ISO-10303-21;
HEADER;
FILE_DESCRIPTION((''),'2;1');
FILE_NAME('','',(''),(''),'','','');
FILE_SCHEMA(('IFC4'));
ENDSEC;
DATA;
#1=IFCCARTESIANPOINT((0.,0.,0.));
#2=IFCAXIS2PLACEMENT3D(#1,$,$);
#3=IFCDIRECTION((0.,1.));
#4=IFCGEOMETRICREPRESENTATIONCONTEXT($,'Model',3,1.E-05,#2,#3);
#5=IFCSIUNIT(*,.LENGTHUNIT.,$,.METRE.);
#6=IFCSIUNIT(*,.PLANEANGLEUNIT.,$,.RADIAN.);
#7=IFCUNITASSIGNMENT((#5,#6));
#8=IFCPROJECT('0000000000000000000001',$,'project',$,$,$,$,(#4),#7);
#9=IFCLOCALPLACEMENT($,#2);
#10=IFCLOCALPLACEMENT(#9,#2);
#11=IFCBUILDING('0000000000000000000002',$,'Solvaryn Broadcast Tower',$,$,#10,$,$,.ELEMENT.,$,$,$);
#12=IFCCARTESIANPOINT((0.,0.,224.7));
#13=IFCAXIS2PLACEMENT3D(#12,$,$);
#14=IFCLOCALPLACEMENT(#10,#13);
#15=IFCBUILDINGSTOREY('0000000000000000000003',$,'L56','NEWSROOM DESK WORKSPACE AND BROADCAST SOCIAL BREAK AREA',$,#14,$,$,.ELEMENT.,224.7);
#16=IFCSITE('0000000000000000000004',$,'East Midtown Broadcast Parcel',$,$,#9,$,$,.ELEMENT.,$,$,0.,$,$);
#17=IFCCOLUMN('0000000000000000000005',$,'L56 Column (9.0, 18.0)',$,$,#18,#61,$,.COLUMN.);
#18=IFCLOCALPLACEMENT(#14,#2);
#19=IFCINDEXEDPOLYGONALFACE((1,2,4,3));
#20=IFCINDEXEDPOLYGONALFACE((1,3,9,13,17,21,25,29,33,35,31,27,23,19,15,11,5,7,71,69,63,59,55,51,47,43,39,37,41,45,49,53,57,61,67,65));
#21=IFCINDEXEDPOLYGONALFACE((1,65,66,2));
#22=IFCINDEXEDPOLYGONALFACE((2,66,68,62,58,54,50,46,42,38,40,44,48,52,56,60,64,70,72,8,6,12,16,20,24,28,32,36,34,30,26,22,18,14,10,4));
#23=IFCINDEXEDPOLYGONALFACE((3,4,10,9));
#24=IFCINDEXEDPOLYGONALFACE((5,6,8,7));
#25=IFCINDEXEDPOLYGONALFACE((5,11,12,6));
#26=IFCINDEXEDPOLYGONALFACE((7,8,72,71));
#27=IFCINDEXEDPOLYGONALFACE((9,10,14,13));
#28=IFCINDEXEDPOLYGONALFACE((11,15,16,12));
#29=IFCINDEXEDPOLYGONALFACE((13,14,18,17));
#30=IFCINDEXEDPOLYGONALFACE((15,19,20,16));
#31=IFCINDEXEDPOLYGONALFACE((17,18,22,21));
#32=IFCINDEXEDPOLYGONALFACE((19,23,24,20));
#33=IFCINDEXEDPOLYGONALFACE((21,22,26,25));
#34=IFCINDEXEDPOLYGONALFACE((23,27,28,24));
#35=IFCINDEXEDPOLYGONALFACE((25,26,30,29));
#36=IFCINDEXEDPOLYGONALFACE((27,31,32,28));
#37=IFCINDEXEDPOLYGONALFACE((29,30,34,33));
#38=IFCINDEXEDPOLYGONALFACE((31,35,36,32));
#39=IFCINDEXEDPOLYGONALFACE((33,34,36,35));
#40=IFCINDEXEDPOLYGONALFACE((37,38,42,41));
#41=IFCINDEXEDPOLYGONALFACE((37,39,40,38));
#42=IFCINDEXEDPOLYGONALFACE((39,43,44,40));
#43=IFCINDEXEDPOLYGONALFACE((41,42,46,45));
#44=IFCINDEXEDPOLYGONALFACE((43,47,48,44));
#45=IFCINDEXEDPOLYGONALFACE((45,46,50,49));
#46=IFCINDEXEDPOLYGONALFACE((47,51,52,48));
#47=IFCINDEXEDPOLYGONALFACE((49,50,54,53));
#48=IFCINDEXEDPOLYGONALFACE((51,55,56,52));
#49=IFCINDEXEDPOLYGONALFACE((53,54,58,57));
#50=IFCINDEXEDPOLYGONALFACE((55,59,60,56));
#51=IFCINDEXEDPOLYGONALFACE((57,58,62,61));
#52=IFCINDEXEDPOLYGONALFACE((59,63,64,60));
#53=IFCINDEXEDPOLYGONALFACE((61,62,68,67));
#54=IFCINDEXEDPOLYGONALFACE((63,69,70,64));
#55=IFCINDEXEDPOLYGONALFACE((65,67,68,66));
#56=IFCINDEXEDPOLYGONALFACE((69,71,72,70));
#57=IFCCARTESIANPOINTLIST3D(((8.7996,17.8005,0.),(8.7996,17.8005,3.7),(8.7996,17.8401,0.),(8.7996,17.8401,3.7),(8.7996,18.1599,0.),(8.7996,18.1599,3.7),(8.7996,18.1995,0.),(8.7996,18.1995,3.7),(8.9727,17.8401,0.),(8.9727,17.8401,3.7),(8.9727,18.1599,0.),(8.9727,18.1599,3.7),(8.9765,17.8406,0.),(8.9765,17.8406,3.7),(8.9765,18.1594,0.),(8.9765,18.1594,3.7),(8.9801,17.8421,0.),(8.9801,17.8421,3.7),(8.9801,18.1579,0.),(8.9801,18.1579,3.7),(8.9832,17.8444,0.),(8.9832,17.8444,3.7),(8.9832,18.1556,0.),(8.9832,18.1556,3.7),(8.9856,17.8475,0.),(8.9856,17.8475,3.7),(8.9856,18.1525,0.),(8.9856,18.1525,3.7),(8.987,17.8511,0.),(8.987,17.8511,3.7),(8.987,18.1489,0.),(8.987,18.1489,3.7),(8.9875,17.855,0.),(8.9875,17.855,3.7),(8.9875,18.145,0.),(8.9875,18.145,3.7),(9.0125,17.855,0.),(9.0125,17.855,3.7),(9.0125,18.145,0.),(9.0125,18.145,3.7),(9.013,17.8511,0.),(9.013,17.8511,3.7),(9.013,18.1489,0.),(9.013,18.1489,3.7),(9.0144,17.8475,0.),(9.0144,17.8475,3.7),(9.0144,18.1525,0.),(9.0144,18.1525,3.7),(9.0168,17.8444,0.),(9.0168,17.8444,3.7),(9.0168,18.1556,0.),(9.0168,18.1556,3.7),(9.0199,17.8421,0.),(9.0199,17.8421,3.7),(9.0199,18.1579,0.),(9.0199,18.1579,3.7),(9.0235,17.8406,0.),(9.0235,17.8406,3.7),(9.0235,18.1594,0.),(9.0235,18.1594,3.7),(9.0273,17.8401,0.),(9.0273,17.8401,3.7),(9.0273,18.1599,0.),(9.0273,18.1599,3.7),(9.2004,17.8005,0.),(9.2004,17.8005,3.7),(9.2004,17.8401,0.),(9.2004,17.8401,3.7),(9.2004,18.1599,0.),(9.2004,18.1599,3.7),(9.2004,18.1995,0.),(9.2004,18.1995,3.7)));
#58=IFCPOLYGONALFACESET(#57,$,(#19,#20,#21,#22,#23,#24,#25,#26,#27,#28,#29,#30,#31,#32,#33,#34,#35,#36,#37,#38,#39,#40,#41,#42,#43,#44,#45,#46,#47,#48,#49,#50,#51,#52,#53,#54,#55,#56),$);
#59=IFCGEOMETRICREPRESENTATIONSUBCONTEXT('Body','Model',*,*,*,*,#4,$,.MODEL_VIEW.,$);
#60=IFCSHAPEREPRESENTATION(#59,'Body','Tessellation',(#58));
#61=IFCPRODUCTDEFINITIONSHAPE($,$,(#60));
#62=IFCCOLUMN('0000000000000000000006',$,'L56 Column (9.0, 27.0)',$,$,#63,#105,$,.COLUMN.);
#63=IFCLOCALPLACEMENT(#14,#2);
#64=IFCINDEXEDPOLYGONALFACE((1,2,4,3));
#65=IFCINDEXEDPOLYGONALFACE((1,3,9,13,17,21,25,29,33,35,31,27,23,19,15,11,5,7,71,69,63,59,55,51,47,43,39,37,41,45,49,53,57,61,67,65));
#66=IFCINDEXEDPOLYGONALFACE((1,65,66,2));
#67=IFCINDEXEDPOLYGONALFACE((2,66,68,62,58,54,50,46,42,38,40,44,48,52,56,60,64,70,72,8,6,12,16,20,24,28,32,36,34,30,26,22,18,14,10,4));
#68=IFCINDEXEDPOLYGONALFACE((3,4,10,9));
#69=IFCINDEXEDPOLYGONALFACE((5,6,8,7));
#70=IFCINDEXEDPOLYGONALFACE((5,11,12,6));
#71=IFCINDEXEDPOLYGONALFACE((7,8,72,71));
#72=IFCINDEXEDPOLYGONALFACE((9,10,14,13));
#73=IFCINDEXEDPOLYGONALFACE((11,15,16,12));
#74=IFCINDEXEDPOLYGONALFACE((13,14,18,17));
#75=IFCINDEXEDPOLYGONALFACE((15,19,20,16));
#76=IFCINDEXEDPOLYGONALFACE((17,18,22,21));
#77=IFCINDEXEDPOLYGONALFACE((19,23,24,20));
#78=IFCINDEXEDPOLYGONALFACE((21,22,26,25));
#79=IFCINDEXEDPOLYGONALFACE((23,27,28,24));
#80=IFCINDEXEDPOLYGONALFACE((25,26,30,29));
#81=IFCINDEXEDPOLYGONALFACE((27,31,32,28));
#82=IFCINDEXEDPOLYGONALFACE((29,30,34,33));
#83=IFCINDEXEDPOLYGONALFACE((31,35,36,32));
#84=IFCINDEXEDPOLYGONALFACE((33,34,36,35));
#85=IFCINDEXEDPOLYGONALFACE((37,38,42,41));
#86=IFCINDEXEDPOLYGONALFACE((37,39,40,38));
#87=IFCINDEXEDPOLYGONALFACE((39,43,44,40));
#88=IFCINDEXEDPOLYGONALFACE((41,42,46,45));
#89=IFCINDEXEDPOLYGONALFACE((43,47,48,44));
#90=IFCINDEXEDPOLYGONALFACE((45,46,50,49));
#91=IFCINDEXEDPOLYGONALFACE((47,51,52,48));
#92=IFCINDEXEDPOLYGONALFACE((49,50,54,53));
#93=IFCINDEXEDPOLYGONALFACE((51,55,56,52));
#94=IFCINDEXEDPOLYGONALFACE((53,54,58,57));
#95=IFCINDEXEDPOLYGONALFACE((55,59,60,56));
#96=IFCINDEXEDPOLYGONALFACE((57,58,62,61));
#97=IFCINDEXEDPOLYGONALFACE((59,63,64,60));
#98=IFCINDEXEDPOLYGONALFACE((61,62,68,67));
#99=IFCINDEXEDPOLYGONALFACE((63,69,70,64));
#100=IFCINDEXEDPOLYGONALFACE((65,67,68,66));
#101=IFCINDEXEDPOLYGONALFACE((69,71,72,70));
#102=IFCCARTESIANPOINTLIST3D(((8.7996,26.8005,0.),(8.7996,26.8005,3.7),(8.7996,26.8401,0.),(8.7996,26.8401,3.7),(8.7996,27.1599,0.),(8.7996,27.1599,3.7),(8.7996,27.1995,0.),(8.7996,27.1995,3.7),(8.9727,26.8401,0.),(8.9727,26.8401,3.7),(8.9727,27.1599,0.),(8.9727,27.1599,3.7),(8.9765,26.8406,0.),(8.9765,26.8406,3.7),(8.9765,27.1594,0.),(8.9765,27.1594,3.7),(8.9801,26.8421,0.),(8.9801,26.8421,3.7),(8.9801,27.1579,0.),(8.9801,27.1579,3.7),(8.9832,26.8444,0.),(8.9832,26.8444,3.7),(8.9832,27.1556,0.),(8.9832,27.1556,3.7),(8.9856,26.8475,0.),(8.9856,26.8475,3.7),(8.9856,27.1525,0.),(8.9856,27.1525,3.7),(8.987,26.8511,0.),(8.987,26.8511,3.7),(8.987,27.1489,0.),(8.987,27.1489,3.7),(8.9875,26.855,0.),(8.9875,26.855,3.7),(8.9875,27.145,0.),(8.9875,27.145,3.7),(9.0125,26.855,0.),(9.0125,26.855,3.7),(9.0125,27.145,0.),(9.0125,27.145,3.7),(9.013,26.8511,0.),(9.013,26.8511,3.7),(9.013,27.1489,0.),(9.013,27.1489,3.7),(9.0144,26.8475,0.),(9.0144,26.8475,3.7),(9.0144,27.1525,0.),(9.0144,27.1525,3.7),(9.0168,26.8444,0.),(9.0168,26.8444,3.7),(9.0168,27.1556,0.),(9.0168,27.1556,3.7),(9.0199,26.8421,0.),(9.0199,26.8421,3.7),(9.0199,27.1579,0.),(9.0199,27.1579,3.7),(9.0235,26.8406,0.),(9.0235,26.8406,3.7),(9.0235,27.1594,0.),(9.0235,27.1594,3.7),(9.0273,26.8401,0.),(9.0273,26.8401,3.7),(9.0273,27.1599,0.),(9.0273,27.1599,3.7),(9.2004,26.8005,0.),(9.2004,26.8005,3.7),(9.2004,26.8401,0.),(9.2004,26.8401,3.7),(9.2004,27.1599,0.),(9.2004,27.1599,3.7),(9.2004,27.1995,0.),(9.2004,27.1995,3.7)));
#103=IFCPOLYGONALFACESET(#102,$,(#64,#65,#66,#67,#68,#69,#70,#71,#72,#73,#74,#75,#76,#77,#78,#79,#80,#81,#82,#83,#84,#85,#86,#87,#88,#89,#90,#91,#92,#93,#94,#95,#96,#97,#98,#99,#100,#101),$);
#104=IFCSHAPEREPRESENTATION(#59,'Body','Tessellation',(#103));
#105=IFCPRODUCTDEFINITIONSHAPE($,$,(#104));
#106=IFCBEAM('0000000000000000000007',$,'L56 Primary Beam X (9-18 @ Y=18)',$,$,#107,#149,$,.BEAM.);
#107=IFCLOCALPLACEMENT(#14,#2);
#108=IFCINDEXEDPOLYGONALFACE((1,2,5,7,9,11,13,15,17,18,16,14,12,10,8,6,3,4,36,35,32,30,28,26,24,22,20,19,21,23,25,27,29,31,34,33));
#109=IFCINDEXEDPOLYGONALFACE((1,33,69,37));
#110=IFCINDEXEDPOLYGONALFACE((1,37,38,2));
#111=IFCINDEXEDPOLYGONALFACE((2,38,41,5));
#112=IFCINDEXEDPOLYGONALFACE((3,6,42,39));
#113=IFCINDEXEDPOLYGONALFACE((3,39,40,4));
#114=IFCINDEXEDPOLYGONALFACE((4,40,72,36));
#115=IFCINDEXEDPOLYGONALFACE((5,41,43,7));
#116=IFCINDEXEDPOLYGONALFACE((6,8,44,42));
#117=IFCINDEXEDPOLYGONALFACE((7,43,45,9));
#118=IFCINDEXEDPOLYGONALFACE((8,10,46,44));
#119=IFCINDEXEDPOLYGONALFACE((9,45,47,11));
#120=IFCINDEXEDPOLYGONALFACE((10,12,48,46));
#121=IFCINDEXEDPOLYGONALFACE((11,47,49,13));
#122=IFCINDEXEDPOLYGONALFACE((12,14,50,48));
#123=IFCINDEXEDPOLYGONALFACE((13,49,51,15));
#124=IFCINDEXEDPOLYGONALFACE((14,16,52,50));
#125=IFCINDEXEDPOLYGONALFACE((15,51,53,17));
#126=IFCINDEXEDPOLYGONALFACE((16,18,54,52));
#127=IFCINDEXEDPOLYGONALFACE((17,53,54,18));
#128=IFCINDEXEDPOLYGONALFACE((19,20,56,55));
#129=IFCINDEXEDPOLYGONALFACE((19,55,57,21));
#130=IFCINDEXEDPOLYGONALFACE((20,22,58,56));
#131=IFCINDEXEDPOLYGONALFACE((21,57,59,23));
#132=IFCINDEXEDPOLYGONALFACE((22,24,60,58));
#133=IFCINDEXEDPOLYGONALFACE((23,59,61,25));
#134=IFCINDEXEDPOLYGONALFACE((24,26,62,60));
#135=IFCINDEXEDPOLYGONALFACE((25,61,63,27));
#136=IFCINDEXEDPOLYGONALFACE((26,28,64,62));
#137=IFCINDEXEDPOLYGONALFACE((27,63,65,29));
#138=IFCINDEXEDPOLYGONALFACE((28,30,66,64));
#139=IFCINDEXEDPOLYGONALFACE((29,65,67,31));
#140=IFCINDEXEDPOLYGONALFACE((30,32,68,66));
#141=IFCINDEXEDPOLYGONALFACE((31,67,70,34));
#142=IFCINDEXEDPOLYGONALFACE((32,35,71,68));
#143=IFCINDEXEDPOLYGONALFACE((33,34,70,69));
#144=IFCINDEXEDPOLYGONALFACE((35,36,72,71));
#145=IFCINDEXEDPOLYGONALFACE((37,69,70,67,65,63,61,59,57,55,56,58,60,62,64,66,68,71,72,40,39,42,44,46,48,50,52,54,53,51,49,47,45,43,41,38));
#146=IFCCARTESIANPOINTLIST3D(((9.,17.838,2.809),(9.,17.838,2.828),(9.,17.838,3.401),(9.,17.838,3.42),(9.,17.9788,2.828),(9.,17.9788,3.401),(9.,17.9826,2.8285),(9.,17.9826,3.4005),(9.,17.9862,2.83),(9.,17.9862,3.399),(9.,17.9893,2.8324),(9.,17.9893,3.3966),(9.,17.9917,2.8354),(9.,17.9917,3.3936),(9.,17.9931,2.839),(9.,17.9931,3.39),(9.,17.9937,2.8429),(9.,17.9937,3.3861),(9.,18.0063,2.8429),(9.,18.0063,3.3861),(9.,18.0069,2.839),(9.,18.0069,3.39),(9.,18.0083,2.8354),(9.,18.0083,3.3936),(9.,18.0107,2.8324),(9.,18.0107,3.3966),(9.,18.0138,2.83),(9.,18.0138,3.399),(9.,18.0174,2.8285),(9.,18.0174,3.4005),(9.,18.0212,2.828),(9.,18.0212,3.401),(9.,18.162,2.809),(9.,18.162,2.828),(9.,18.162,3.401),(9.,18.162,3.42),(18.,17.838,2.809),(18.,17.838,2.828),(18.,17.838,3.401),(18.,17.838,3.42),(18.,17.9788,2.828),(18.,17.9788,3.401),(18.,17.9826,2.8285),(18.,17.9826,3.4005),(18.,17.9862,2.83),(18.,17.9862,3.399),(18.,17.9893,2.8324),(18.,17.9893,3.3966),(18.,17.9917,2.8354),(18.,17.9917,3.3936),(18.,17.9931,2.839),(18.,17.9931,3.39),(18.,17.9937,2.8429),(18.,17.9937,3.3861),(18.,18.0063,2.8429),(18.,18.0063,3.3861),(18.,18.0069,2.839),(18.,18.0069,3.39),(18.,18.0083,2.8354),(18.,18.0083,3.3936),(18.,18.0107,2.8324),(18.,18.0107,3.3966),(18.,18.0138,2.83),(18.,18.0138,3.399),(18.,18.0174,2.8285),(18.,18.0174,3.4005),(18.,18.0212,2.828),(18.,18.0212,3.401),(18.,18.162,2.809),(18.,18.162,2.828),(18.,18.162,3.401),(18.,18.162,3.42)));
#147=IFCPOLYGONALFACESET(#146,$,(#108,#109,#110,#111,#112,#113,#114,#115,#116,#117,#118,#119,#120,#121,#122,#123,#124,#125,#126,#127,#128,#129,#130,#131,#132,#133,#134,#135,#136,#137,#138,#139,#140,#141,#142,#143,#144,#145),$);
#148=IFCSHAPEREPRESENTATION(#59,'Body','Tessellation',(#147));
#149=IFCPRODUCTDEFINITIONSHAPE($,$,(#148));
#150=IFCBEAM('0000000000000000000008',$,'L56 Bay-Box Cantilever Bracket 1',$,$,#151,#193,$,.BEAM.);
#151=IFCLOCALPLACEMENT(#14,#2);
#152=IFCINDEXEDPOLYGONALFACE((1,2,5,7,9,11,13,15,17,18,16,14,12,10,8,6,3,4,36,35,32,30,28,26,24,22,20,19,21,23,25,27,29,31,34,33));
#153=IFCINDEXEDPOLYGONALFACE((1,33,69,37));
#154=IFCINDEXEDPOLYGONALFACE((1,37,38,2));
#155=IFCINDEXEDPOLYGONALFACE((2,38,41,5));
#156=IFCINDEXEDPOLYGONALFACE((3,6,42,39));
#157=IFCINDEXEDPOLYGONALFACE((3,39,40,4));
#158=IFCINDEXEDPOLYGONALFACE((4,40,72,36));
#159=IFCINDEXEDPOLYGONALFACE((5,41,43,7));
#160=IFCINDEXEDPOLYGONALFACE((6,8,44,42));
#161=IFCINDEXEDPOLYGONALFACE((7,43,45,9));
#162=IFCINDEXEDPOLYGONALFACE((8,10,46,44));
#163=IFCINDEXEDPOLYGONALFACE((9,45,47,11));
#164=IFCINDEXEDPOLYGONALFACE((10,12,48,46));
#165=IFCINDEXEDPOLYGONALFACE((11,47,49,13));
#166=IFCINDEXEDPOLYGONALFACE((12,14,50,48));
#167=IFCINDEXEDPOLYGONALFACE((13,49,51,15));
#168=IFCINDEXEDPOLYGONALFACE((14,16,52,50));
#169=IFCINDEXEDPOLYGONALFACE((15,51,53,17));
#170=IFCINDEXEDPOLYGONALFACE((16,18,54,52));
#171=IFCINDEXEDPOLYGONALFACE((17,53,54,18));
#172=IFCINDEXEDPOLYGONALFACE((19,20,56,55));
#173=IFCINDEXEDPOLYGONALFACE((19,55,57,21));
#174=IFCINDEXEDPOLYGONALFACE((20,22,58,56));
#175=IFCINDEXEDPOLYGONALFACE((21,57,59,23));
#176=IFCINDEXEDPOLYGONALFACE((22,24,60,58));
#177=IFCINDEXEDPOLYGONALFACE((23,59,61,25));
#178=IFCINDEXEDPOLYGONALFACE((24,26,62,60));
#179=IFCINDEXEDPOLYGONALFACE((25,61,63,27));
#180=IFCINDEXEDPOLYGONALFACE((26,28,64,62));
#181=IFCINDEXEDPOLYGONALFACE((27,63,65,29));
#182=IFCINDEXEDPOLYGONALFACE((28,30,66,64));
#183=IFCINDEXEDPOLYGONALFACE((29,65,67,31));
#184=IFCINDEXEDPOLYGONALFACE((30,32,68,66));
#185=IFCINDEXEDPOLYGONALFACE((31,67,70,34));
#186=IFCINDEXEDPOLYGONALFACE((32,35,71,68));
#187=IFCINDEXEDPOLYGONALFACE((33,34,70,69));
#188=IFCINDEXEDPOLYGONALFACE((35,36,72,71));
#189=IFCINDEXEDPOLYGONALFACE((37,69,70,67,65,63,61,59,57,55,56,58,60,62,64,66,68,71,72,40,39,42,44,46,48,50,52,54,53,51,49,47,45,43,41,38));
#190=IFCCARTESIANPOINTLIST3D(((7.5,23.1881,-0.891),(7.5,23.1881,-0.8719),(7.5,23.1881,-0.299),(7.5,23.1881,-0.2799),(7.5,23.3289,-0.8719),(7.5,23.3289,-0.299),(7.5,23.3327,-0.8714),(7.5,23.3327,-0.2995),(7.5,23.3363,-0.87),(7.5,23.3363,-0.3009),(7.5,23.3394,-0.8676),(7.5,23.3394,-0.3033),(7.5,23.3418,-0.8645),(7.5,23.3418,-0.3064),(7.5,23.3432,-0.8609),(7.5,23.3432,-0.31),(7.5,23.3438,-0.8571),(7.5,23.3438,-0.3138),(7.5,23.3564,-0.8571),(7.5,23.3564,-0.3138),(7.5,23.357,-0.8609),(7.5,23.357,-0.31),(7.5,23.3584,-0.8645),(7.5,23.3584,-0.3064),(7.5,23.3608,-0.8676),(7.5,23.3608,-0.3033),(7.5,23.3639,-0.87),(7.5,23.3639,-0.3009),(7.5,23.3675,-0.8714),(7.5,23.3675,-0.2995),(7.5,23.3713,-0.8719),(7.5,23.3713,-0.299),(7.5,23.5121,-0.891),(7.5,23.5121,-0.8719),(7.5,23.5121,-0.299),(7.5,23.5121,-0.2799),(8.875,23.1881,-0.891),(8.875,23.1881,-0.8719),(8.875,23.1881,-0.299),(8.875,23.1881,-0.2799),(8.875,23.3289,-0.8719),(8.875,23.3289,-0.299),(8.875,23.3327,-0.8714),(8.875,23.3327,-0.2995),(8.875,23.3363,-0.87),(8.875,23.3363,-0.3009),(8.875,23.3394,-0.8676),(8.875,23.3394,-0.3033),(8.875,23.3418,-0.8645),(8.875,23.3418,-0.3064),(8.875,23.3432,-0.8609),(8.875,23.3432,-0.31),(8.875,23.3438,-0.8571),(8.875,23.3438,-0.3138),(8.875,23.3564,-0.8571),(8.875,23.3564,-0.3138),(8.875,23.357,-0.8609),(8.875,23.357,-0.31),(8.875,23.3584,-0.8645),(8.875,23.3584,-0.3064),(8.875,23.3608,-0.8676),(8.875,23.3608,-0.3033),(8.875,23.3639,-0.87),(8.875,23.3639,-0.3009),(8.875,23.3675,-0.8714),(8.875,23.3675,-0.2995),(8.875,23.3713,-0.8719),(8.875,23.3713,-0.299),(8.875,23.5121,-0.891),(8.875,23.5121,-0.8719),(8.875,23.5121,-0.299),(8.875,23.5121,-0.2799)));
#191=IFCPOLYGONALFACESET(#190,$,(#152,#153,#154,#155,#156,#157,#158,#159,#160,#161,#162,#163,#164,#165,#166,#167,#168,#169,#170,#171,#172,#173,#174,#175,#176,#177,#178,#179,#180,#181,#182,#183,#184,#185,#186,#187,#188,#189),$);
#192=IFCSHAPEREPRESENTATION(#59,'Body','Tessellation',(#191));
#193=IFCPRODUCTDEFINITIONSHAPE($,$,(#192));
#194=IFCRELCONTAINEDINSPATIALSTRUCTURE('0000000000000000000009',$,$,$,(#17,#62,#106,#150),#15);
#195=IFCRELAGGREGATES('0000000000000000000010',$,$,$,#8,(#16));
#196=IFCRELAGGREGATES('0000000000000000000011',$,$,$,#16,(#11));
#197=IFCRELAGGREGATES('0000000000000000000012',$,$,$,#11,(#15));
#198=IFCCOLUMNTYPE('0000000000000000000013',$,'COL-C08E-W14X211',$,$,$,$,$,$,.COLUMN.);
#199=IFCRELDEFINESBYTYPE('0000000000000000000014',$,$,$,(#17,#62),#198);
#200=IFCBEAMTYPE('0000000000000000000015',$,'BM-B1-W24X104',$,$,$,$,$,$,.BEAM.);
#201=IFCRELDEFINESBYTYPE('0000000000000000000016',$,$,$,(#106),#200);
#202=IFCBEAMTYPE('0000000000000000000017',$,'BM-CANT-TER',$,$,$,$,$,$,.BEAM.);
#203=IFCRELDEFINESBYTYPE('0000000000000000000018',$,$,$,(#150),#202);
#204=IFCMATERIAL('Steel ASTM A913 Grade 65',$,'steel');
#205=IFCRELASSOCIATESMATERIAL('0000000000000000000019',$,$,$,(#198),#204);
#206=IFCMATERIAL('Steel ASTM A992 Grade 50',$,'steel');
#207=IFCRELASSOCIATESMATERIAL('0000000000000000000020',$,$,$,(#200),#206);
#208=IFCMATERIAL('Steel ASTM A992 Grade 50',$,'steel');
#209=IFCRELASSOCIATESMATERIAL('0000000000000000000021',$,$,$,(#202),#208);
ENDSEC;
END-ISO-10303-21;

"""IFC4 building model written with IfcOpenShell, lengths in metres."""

from ifc_helpers import new_model, si_unit, direction, frame, origin, origin_2d, place, context, subcontext, project, spatial, i_section, extrude, material, material_profile, profile_set, type_object, element, save


model = new_model("IFC4")

# Units and contexts
model_context = context("Model", 3, precision=1e-05, world=origin(), true_north=direction((0.0, 1.0)))
body_context = subcontext(model_context, "Body", "Model", "MODEL_VIEW")
ifc_project = project(units=[si_unit("LENGTHUNIT", "METRE"), si_unit("PLANEANGLEUNIT", "RADIAN")], contexts=[model_context])

# Site, building, storey
site_placement = place(None, origin())
site = spatial("IfcSite", under=ifc_project, at=site_placement, Name="East Midtown Broadcast Parcel", CompositionType="ELEMENT", RefElevation=0.0)
building_placement = place(site_placement, origin())
building = spatial("IfcBuilding", under=site, at=building_placement, Name="Solvaryn Broadcast Tower", CompositionType="ELEMENT")
storey_placement = place(building_placement, frame((0.0, 0.0, 224.7)))
storey = spatial("IfcBuildingStorey", under=building, at=storey_placement, Name="L56", Description="NEWSROOM DESK WORKSPACE AND BROADCAST SOCIAL BREAK AREA", CompositionType="ELEMENT", Elevation=224.7)

# Columns
ifc_material_1 = material(Name="Steel ASTM A913 Grade 65", Category="steel")
ifc_material_profile_1 = material_profile(ifc_material_1, i_section(OverallWidth=0.4009, OverallDepth=0.3989, WebThickness=0.0249, FlangeThickness=0.0396, FilletRadius=0.0149, at=origin_2d()))
ifc_profile_set_1 = profile_set([ifc_material_profile_1], Name="Steel ASTM A913 Grade 65")
column_type = type_object("IfcColumnType", Name="COL-C08E-W14X211", PredefinedType="COLUMN", material=ifc_profile_set_1)
for number, where, z_axis, x_axis, name in (
    (1, (9.0, 18.0, 0.0), (0.0, 0.0, 1.0), (1.0, 0.0, 0.0), "L56 Column (9.0, 18.0)"),
    (2, (9.0, 27.0, 0.0), (0.0, 0.0, 1.0), (1.0, 0.0, 0.0), "L56 Column (9.0, 27.0)"),
):
    element("IfcColumn", number, at=place(storey_placement, frame(where, z_axis=z_axis, x_axis=x_axis)), inside=storey, type_object=column_type, Name=name, PredefinedType="COLUMN", context=body_context, shape_type="SweptSolid", body=[
        extrude(i_section(OverallWidth=0.4009, OverallDepth=0.3989, WebThickness=0.0249, FlangeThickness=0.0396, FilletRadius=0.0149, at=origin_2d()), origin(), (0.0, 0.0, 1.0), 3.7),
    ])

# Beams
ifc_material_2 = material(Name="Steel ASTM A992 Grade 50", Category="steel")
ifc_material_profile_2 = material_profile(ifc_material_2, i_section(OverallWidth=0.324, OverallDepth=0.6111, WebThickness=0.0127, FlangeThickness=0.019, FilletRadius=0.0149, at=origin_2d()))
ifc_profile_set_2 = profile_set([ifc_material_profile_2], Name="Steel ASTM A992 Grade 50")
beam_type_1 = type_object("IfcBeamType", Name="BM-B1-W24X104", PredefinedType="BEAM", material=ifc_profile_set_2)
beam_1_placement = place(storey_placement, frame((9.0, 18.0, 3.1145), z_axis=(1.0, 0.0, 0.0), x_axis=(0.0, 1.0, 0.0)))
element("IfcBeam", 3, at=beam_1_placement, inside=storey, type_object=beam_type_1, Name="L56 Primary Beam X (9-18 @ Y=18)", PredefinedType="BEAM", context=body_context, shape_type="SweptSolid", body=[
    extrude(i_section(OverallWidth=0.324, OverallDepth=0.6111, WebThickness=0.0127, FlangeThickness=0.019, FilletRadius=0.0149, at=origin_2d()), origin(), (0.0, 0.0, 1.0), 9.0),
])
ifc_material_3 = material(Name="Steel ASTM A992 Grade 50", Category="steel")
ifc_material_profile_3 = material_profile(ifc_material_3, i_section(OverallWidth=0.324, OverallDepth=0.6111, WebThickness=0.0127, FlangeThickness=0.019, FilletRadius=0.0149, at=origin_2d()))
ifc_profile_set_3 = profile_set([ifc_material_profile_3], Name="Steel ASTM A992 Grade 50")
beam_type_2 = type_object("IfcBeamType", Name="BM-CANT-TER", PredefinedType="BEAM", material=ifc_profile_set_3)
beam_2_placement = place(storey_placement, frame((8.875, 23.3501, -0.5854), z_axis=(-1.0, 0.0, 0.0), x_axis=(0.0, -1.0, 0.0)))
element("IfcBeam", 4, at=beam_2_placement, inside=storey, type_object=beam_type_2, Name="L56 Bay-Box Cantilever Bracket 1", PredefinedType="BEAM", context=body_context, shape_type="SweptSolid", body=[
    extrude(i_section(OverallWidth=0.324, OverallDepth=0.6111, WebThickness=0.0127, FlangeThickness=0.019, FilletRadius=0.0149, at=origin_2d()), origin(), (0.0, 0.0, 1.0), 1.375),
])

save(model, "model.ifc")
